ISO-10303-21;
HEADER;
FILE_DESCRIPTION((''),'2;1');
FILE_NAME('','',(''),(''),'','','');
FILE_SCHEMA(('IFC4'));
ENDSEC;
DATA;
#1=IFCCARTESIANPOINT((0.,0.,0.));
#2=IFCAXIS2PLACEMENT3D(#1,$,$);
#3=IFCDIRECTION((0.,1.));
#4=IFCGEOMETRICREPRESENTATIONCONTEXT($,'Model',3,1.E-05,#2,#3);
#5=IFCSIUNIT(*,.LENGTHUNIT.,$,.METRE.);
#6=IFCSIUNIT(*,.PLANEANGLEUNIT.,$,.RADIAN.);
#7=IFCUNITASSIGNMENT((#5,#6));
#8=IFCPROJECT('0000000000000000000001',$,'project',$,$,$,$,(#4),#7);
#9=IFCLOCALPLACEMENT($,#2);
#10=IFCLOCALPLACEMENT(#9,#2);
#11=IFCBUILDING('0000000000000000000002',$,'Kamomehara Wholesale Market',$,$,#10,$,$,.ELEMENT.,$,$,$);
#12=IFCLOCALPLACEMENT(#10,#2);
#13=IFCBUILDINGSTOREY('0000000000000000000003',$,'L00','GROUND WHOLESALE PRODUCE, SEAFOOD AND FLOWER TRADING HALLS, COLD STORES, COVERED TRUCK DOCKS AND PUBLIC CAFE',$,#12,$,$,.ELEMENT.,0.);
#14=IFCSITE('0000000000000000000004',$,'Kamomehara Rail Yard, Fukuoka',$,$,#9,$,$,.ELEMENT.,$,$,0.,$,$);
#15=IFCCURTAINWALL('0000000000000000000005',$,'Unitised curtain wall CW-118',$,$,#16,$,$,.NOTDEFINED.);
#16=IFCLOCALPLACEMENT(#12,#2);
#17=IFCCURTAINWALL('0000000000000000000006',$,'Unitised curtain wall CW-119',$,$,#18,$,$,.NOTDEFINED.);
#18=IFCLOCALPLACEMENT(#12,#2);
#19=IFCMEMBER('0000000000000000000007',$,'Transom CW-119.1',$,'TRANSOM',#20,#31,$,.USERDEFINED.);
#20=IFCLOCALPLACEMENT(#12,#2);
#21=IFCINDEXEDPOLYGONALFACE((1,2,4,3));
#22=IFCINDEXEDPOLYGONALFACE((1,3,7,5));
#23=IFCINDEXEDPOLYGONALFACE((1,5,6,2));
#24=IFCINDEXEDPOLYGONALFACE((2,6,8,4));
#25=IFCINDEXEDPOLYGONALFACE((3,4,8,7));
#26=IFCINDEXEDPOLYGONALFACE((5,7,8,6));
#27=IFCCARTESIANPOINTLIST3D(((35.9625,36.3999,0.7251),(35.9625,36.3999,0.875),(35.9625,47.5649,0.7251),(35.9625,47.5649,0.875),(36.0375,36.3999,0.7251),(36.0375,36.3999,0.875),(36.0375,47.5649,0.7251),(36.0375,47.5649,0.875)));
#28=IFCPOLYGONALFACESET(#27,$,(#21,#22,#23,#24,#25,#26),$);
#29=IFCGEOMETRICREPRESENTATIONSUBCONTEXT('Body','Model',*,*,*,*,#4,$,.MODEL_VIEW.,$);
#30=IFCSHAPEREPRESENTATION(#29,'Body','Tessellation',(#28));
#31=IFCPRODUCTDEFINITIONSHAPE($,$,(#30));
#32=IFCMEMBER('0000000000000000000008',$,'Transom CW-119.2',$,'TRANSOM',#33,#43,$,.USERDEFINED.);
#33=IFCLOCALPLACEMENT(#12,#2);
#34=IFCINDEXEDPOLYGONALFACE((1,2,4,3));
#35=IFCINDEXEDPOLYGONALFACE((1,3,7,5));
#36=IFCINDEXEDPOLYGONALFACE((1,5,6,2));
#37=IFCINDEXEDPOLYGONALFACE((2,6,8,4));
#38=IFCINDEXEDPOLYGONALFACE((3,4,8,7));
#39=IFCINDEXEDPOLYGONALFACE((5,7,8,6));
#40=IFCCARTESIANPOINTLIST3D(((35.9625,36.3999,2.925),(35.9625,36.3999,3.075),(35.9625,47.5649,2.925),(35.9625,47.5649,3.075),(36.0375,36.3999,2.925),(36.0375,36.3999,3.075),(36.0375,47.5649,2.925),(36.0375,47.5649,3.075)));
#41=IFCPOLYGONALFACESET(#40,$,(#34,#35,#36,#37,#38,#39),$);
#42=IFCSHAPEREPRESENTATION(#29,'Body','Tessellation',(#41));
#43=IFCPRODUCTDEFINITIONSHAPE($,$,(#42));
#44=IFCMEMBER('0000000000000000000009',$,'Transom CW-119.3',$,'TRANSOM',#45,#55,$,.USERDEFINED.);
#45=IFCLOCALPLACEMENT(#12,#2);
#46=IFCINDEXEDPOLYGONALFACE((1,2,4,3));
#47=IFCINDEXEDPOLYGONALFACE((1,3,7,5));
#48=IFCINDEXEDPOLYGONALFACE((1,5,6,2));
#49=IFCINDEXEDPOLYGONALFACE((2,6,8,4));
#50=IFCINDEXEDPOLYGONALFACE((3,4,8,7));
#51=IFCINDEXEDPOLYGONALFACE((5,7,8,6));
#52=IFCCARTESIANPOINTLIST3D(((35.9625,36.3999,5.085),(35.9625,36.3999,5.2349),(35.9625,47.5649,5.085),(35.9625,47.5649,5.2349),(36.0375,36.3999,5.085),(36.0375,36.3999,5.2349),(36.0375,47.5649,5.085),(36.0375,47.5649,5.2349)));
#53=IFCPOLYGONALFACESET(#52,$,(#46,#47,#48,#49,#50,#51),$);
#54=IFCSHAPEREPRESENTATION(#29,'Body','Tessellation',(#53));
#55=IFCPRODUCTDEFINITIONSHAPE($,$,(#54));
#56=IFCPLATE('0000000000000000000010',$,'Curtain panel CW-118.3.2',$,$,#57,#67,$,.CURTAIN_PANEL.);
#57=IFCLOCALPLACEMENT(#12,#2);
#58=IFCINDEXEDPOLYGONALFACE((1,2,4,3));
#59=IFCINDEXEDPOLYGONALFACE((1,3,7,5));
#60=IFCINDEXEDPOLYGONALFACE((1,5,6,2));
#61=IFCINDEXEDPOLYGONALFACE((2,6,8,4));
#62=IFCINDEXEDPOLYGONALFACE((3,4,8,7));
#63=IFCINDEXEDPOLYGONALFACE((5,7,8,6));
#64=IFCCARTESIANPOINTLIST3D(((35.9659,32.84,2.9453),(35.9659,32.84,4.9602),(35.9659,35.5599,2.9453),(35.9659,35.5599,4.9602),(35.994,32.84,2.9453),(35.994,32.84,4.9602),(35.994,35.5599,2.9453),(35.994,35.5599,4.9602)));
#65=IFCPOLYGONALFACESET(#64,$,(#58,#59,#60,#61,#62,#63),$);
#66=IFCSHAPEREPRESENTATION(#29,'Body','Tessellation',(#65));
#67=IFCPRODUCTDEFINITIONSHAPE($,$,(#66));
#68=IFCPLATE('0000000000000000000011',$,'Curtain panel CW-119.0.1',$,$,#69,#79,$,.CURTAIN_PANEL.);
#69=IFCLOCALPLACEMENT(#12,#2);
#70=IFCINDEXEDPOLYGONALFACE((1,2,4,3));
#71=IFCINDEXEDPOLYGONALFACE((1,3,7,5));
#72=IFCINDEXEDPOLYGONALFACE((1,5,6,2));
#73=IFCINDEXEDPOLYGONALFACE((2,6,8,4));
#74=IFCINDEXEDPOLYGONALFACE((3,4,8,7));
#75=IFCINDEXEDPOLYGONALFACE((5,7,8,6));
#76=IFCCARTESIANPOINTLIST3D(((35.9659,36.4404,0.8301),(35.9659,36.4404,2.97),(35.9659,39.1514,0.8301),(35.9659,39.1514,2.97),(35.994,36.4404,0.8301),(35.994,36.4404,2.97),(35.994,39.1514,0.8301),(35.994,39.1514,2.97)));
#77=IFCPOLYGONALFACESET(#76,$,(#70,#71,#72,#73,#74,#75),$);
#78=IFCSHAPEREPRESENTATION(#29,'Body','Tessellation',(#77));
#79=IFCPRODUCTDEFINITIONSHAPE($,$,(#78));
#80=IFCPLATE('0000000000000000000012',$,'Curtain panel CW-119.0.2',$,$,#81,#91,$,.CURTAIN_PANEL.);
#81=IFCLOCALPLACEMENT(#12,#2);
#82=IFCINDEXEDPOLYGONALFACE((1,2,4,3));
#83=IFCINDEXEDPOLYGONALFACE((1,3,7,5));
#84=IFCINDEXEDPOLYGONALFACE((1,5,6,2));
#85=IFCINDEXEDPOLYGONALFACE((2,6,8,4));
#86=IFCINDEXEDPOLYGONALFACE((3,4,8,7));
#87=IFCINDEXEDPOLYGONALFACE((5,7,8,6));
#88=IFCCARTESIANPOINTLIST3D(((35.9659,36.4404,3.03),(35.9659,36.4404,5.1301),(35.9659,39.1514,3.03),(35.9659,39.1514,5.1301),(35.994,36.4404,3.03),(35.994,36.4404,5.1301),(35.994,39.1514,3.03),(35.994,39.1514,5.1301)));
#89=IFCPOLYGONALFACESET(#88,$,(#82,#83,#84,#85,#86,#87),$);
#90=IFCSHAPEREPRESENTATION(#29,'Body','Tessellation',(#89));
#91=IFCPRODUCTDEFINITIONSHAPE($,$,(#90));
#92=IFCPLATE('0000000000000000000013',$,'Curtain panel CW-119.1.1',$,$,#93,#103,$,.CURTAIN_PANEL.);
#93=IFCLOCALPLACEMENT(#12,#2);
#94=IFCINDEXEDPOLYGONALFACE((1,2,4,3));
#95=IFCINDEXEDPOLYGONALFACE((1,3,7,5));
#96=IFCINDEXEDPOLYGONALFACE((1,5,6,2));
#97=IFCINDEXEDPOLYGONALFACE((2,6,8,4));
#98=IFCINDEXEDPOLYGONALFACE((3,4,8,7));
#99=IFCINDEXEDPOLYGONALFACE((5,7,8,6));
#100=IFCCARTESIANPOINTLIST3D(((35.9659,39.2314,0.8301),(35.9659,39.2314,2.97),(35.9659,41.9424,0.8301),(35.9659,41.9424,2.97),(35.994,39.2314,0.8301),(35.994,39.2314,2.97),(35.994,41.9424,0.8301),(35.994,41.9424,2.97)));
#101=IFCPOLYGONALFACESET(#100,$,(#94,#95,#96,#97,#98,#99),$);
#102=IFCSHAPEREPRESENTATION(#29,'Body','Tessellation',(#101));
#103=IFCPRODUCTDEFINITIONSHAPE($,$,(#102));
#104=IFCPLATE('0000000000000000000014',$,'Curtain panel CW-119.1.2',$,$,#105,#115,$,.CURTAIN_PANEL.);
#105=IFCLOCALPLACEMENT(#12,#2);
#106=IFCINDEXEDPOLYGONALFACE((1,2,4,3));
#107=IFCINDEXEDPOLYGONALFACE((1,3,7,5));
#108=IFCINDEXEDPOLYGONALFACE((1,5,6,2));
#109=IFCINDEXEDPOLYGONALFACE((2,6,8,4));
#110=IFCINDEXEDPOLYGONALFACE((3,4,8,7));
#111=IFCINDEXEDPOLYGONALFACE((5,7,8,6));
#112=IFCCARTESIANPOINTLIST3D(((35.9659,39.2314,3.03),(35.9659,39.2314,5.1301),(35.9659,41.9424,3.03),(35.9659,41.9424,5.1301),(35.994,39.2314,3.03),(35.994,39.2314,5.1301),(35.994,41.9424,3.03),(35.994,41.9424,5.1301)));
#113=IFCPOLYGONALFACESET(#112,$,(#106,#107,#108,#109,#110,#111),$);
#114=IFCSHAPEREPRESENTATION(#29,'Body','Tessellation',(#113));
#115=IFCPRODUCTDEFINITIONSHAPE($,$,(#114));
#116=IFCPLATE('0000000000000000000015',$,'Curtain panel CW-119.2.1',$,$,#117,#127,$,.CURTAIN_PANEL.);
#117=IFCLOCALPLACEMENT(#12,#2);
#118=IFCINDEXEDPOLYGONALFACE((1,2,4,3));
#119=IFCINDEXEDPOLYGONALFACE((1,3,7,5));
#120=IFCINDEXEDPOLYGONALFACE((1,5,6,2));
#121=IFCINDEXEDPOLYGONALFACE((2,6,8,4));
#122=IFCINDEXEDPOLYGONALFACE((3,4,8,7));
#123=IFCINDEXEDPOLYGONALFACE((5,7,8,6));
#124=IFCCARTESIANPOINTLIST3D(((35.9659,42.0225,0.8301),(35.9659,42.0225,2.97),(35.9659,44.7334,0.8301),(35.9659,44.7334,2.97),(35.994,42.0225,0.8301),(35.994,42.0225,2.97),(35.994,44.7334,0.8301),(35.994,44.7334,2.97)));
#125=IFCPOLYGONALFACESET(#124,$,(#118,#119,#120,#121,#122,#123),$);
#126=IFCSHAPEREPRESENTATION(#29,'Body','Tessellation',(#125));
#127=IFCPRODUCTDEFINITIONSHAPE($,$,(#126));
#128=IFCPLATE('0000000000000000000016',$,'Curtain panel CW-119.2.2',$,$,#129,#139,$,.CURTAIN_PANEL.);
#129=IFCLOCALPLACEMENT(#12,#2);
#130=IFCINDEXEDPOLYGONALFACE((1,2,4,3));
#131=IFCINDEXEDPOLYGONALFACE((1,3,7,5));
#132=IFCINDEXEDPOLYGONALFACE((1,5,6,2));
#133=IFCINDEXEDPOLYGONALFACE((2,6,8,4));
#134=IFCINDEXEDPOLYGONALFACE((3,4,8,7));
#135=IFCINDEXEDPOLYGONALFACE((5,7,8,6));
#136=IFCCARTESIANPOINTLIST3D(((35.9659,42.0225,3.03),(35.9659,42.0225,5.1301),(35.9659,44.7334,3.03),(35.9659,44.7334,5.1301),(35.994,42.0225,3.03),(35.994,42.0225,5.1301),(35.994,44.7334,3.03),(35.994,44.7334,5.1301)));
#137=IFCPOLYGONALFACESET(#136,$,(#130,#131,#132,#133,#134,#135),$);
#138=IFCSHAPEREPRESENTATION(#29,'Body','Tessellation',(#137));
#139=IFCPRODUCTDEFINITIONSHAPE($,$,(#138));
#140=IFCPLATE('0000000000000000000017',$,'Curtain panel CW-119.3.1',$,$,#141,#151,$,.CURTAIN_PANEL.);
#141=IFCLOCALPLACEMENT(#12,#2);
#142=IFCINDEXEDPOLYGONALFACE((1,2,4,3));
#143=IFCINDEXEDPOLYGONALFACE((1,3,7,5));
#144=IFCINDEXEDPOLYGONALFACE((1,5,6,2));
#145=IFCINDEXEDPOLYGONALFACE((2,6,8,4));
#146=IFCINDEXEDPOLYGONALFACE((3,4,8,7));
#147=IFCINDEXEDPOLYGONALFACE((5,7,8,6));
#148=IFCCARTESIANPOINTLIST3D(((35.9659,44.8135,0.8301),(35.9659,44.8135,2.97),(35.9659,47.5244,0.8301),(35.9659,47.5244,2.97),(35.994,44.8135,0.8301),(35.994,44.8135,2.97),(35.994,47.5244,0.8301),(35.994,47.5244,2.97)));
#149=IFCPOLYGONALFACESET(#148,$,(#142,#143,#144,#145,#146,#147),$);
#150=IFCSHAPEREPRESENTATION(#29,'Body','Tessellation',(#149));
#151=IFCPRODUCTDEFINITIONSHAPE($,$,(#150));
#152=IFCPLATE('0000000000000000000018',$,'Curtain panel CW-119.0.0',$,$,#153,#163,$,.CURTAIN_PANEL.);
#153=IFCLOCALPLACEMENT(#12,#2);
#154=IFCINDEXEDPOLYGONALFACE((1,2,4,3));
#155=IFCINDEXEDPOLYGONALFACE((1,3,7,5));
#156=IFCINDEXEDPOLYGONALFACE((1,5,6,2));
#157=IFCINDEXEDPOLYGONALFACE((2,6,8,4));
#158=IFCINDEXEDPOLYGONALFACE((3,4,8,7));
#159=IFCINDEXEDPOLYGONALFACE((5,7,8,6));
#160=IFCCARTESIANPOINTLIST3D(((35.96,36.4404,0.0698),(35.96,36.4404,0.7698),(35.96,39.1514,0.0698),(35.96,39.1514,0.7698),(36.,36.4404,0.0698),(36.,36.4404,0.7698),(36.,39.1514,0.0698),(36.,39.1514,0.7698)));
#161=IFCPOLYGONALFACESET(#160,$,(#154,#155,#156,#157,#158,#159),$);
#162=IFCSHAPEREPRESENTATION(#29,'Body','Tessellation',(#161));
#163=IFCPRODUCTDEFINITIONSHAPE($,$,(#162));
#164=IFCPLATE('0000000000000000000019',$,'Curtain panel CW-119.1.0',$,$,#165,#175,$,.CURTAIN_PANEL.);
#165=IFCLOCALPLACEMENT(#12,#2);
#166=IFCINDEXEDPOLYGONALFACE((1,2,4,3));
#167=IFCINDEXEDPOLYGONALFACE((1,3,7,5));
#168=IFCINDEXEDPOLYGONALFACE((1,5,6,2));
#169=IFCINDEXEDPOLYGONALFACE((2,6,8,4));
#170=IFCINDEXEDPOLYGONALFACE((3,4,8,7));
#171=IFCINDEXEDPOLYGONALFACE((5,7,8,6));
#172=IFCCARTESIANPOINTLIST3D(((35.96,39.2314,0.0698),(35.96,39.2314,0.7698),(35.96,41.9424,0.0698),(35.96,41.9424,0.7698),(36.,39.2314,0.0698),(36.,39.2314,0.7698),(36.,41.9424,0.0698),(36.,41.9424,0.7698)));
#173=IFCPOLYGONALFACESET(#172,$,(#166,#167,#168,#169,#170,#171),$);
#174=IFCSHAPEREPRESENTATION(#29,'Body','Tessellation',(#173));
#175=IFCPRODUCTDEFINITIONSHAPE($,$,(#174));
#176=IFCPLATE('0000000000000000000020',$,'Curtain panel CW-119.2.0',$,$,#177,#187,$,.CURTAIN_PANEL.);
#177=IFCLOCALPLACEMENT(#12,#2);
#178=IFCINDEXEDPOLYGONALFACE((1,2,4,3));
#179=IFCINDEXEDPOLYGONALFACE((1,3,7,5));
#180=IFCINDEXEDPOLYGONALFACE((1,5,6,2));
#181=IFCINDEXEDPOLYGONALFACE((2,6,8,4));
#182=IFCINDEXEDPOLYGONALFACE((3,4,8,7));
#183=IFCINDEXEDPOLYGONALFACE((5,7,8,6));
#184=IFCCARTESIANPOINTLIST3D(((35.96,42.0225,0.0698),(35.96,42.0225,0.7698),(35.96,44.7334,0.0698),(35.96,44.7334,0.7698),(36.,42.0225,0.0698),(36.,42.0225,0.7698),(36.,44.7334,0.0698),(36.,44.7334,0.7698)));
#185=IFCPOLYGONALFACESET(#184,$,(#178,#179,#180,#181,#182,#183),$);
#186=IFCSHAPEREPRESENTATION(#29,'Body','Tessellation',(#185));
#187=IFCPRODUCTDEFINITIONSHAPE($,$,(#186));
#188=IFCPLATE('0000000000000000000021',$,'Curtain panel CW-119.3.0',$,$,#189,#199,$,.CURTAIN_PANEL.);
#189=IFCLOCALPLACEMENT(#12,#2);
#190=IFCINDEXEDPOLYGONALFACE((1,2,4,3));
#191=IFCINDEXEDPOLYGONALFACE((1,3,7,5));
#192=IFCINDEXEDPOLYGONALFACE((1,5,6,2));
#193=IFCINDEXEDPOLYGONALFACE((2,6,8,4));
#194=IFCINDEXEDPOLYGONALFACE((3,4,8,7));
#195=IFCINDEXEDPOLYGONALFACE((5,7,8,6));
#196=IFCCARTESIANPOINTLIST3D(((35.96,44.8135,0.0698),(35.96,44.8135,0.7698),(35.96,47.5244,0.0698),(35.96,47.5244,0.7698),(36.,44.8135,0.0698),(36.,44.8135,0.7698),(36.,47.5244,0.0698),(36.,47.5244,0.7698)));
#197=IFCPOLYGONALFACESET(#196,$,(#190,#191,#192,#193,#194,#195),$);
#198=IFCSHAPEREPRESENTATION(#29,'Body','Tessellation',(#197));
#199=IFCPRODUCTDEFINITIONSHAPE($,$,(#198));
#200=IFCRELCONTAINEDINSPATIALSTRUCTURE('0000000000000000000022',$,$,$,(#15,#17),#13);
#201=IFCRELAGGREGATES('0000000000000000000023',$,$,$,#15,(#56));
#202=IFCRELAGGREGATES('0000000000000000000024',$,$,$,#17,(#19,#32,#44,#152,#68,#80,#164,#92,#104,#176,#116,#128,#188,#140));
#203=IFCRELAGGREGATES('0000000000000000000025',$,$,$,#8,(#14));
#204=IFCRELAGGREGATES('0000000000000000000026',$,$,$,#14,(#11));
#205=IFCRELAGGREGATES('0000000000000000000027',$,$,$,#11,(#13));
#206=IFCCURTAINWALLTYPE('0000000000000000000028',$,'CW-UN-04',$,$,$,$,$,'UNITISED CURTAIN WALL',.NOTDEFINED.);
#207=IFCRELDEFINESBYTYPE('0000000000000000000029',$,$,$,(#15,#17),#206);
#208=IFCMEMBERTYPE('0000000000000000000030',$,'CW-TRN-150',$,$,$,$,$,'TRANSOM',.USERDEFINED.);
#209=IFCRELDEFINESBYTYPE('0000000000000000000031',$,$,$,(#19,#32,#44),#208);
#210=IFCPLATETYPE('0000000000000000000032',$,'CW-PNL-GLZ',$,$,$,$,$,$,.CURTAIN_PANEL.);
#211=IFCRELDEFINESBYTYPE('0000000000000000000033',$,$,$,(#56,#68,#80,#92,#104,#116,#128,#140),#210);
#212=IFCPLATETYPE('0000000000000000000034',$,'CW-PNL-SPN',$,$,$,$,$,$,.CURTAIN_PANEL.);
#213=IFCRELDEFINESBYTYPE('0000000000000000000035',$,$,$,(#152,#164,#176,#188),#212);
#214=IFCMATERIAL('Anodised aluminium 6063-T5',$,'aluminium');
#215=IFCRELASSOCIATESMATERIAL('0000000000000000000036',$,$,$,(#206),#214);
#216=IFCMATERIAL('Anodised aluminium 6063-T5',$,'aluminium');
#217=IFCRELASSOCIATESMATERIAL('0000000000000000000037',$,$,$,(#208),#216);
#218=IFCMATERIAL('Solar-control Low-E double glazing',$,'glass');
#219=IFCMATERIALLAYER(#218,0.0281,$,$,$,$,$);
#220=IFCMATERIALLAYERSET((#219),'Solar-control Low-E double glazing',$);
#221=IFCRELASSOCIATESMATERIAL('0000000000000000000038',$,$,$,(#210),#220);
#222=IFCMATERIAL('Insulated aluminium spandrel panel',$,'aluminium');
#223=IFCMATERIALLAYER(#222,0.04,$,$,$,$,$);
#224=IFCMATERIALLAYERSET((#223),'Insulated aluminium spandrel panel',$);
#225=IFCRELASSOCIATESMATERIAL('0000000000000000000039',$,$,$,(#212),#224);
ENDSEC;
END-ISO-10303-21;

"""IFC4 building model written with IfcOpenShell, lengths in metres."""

from ifc_helpers import new_model, si_unit, direction, frame, origin, origin_2d, place, context, subcontext, project, spatial, rectangle, extrude, material, layer, layer_set, material_profile, profile_set, type_object, element, aggregate, save


model = new_model("IFC4")

# Units and contexts
model_context = context("Model", 3, precision=1e-05, world=origin(), true_north=direction((0.0, 1.0)))
body_context = subcontext(model_context, "Body", "Model", "MODEL_VIEW")
ifc_project = project(units=[si_unit("LENGTHUNIT", "METRE"), si_unit("PLANEANGLEUNIT", "RADIAN")], contexts=[model_context])

# Site, building, storey
site_placement = place(None, origin())
site = spatial("IfcSite", under=ifc_project, at=site_placement, Name="Kamomehara Rail Yard, Fukuoka", CompositionType="ELEMENT", RefElevation=0.0)
building_placement = place(site_placement, origin())
building = spatial("IfcBuilding", under=site, at=building_placement, Name="Kamomehara Wholesale Market", CompositionType="ELEMENT")
storey_placement = place(building_placement, origin())
storey = spatial("IfcBuildingStorey", under=building, at=storey_placement, Name="L00", Description="GROUND WHOLESALE PRODUCE, SEAFOOD AND FLOWER TRADING HALLS, COLD STORES, COVERED TRUCK DOCKS AND PUBLIC CAFE", CompositionType="ELEMENT", Elevation=0.0)

# Curtain wall
ifc_material_1 = material(Name="Anodised aluminium 6063-T5", Category="aluminium")
curtain_wall_type = type_object("IfcCurtainWallType", Name="CW-UN-04", ElementType="UNITISED CURTAIN WALL", PredefinedType="NOTDEFINED", material=ifc_material_1)
curtain_wall_1_placement = place(storey_placement, origin())
curtain_wall_1 = element("IfcCurtainWall", 1, at=curtain_wall_1_placement, inside=storey, type_object=curtain_wall_type, Name="Unitised curtain wall CW-118", PredefinedType="NOTDEFINED")

# Curtain wall, members
curtain_wall_2_placement = place(storey_placement, origin())
curtain_wall_2 = element("IfcCurtainWall", 2, at=curtain_wall_2_placement, inside=storey, type_object=curtain_wall_type, Name="Unitised curtain wall CW-119", PredefinedType="NOTDEFINED")
ifc_material_2 = material(Name="Anodised aluminium 6063-T5", Category="aluminium")
ifc_material_profile_1 = material_profile(ifc_material_2, rectangle(XDim=0.075, YDim=0.1499, at=origin_2d()), Name="ALU-TRN-75x150")
ifc_profile_set_1 = profile_set([ifc_material_profile_1], Name="Anodised aluminium 6063-T5")
member_type_1 = type_object("IfcMemberType", Name="CW-TRN-150", ElementType="TRANSOM", PredefinedType="USERDEFINED", material=ifc_profile_set_1)
member_1_placement = place(storey_placement, frame((36.0, 36.3999, 0.8), z_axis=(0.0, 1.0, 0.0), x_axis=(-1.0, 0.0, 0.0)))
member_1 = element("IfcMember", 3, at=member_1_placement, type_object=member_type_1, Name="Transom CW-119.1", ObjectType="TRANSOM", PredefinedType="USERDEFINED", context=body_context, shape_type="SweptSolid", body=[
    extrude(rectangle(XDim=0.075, YDim=0.1499, at=origin_2d()), origin(), (0.0, 0.0, 1.0), 11.165),
])
member_2_placement = place(storey_placement, frame((36.0, 36.3999, 3.0), z_axis=(0.0, 1.0, 0.0), x_axis=(-1.0, 0.0, 0.0)))
member_2 = element("IfcMember", 4, at=member_2_placement, type_object=member_type_1, Name="Transom CW-119.2", ObjectType="TRANSOM", PredefinedType="USERDEFINED", context=body_context, shape_type="SweptSolid", body=[
    extrude(rectangle(XDim=0.075, YDim=0.1499, at=origin_2d()), origin(), (0.0, 0.0, 1.0), 11.165),
])
member_3_placement = place(storey_placement, frame((36.0, 36.3999, 5.1599), z_axis=(0.0, 1.0, 0.0), x_axis=(-1.0, 0.0, 0.0)))
member_3 = element("IfcMember", 5, at=member_3_placement, type_object=member_type_1, Name="Transom CW-119.3", ObjectType="TRANSOM", PredefinedType="USERDEFINED", context=body_context, shape_type="SweptSolid", body=[
    extrude(rectangle(XDim=0.075, YDim=0.1499, at=origin_2d()), origin(), (0.0, 0.0, 1.0), 11.165),
])

# Plates
ifc_material_3 = material(Name="Solar-control Low-E double glazing", Category="glass")
ifc_layer_1 = layer(ifc_material_3, 0.0281)
ifc_layer_set_1 = layer_set([ifc_layer_1], Name="Solar-control Low-E double glazing")
plate_type_1 = type_object("IfcPlateType", Name="CW-PNL-GLZ", PredefinedType="CURTAIN_PANEL", material=ifc_layer_set_1)
plate_1_placement = place(storey_placement, frame((35.98, 34.2, 2.9453), z_axis=(0.0, 0.0, 1.0), x_axis=(0.0, 1.0, 0.0)))
plate_1 = element("IfcPlate", 6, at=plate_1_placement, type_object=plate_type_1, Name="Curtain panel CW-118.3.2", PredefinedType="CURTAIN_PANEL", context=body_context, shape_type="SweptSolid", body=[
    extrude(rectangle(XDim=2.72, YDim=0.0281, at=origin_2d()), origin(), (0.0, 0.0, 1.0), 2.0149),
])
aggregate(curtain_wall_1, [plate_1])
plate_2_placement = place(storey_placement, frame((35.98, 37.7959, 0.8301), z_axis=(0.0, 0.0, 1.0), x_axis=(0.0, 1.0, 0.0)))
plate_2 = element("IfcPlate", 7, at=plate_2_placement, type_object=plate_type_1, Name="Curtain panel CW-119.0.1", PredefinedType="CURTAIN_PANEL", context=body_context, shape_type="SweptSolid", body=[
    extrude(rectangle(XDim=2.7109, YDim=0.0281, at=origin_2d()), origin(), (0.0, 0.0, 1.0), 2.1399),
])
plate_3_placement = place(storey_placement, frame((35.98, 37.7959, 3.03), z_axis=(0.0, 0.0, 1.0), x_axis=(0.0, 1.0, 0.0)))
plate_3 = element("IfcPlate", 8, at=plate_3_placement, type_object=plate_type_1, Name="Curtain panel CW-119.0.2", PredefinedType="CURTAIN_PANEL", context=body_context, shape_type="SweptSolid", body=[
    extrude(rectangle(XDim=2.7109, YDim=0.0281, at=origin_2d()), origin(), (0.0, 0.0, 1.0), 2.1001),
])
plate_4_placement = place(storey_placement, frame((35.98, 40.5869, 0.8301), z_axis=(0.0, 0.0, 1.0), x_axis=(0.0, 1.0, 0.0)))
plate_4 = element("IfcPlate", 9, at=plate_4_placement, type_object=plate_type_1, Name="Curtain panel CW-119.1.1", PredefinedType="CURTAIN_PANEL", context=body_context, shape_type="SweptSolid", body=[
    extrude(rectangle(XDim=2.7109, YDim=0.0281, at=origin_2d()), origin(), (0.0, 0.0, 1.0), 2.1399),
])
plate_5_placement = place(storey_placement, frame((35.98, 40.5869, 3.03), z_axis=(0.0, 0.0, 1.0), x_axis=(0.0, 1.0, 0.0)))
plate_5 = element("IfcPlate", 10, at=plate_5_placement, type_object=plate_type_1, Name="Curtain panel CW-119.1.2", PredefinedType="CURTAIN_PANEL", context=body_context, shape_type="SweptSolid", body=[
    extrude(rectangle(XDim=2.7109, YDim=0.0281, at=origin_2d()), origin(), (0.0, 0.0, 1.0), 2.1001),
])
plate_6_placement = place(storey_placement, frame((35.98, 43.3779, 0.8301), z_axis=(0.0, 0.0, 1.0), x_axis=(0.0, 1.0, 0.0)))
plate_6 = element("IfcPlate", 11, at=plate_6_placement, type_object=plate_type_1, Name="Curtain panel CW-119.2.1", PredefinedType="CURTAIN_PANEL", context=body_context, shape_type="SweptSolid", body=[
    extrude(rectangle(XDim=2.7109, YDim=0.0281, at=origin_2d()), origin(), (0.0, 0.0, 1.0), 2.1399),
])
plate_7_placement = place(storey_placement, frame((35.98, 43.3779, 3.03), z_axis=(0.0, 0.0, 1.0), x_axis=(0.0, 1.0, 0.0)))
plate_7 = element("IfcPlate", 12, at=plate_7_placement, type_object=plate_type_1, Name="Curtain panel CW-119.2.2", PredefinedType="CURTAIN_PANEL", context=body_context, shape_type="SweptSolid", body=[
    extrude(rectangle(XDim=2.7109, YDim=0.0281, at=origin_2d()), origin(), (0.0, 0.0, 1.0), 2.1001),
])
plate_8_placement = place(storey_placement, frame((35.98, 46.1689, 0.8301), z_axis=(0.0, 0.0, 1.0), x_axis=(0.0, 1.0, 0.0)))
plate_8 = element("IfcPlate", 13, at=plate_8_placement, type_object=plate_type_1, Name="Curtain panel CW-119.3.1", PredefinedType="CURTAIN_PANEL", context=body_context, shape_type="SweptSolid", body=[
    extrude(rectangle(XDim=2.7109, YDim=0.0281, at=origin_2d()), origin(), (0.0, 0.0, 1.0), 2.1399),
])
ifc_material_4 = material(Name="Insulated aluminium spandrel panel", Category="aluminium")
ifc_layer_2 = layer(ifc_material_4, 0.04)
ifc_layer_set_2 = layer_set([ifc_layer_2], Name="Insulated aluminium spandrel panel")
plate_type_2 = type_object("IfcPlateType", Name="CW-PNL-SPN", PredefinedType="CURTAIN_PANEL", material=ifc_layer_set_2)
plate_9_placement = place(storey_placement, frame((35.98, 37.7959, 0.0698), z_axis=(0.0, 0.0, 1.0), x_axis=(0.0, 1.0, 0.0)))
plate_9 = element("IfcPlate", 14, at=plate_9_placement, type_object=plate_type_2, Name="Curtain panel CW-119.0.0", PredefinedType="CURTAIN_PANEL", context=body_context, shape_type="SweptSolid", body=[
    extrude(rectangle(XDim=2.7109, YDim=0.04, at=origin_2d()), origin(), (0.0, 0.0, 1.0), 0.7),
])
plate_10_placement = place(storey_placement, frame((35.98, 40.5869, 0.0698), z_axis=(0.0, 0.0, 1.0), x_axis=(0.0, 1.0, 0.0)))
plate_10 = element("IfcPlate", 15, at=plate_10_placement, type_object=plate_type_2, Name="Curtain panel CW-119.1.0", PredefinedType="CURTAIN_PANEL", context=body_context, shape_type="SweptSolid", body=[
    extrude(rectangle(XDim=2.7109, YDim=0.04, at=origin_2d()), origin(), (0.0, 0.0, 1.0), 0.7),
])
plate_11_placement = place(storey_placement, frame((35.98, 43.3779, 0.0698), z_axis=(0.0, 0.0, 1.0), x_axis=(0.0, 1.0, 0.0)))
plate_11 = element("IfcPlate", 16, at=plate_11_placement, type_object=plate_type_2, Name="Curtain panel CW-119.2.0", PredefinedType="CURTAIN_PANEL", context=body_context, shape_type="SweptSolid", body=[
    extrude(rectangle(XDim=2.7109, YDim=0.04, at=origin_2d()), origin(), (0.0, 0.0, 1.0), 0.7),
])
plate_12_placement = place(storey_placement, frame((35.98, 46.1689, 0.0698), z_axis=(0.0, 0.0, 1.0), x_axis=(0.0, 1.0, 0.0)))
plate_12 = element("IfcPlate", 17, at=plate_12_placement, type_object=plate_type_2, Name="Curtain panel CW-119.3.0", PredefinedType="CURTAIN_PANEL", context=body_context, shape_type="SweptSolid", body=[
    extrude(rectangle(XDim=2.7109, YDim=0.04, at=origin_2d()), origin(), (0.0, 0.0, 1.0), 0.7),
])
aggregate(curtain_wall_2, [member_1, member_2, member_3, plate_9, plate_2, plate_3, plate_10, plate_4, plate_5, plate_11, plate_6, plate_7, plate_12, plate_8])

save(model, "model.ifc")
